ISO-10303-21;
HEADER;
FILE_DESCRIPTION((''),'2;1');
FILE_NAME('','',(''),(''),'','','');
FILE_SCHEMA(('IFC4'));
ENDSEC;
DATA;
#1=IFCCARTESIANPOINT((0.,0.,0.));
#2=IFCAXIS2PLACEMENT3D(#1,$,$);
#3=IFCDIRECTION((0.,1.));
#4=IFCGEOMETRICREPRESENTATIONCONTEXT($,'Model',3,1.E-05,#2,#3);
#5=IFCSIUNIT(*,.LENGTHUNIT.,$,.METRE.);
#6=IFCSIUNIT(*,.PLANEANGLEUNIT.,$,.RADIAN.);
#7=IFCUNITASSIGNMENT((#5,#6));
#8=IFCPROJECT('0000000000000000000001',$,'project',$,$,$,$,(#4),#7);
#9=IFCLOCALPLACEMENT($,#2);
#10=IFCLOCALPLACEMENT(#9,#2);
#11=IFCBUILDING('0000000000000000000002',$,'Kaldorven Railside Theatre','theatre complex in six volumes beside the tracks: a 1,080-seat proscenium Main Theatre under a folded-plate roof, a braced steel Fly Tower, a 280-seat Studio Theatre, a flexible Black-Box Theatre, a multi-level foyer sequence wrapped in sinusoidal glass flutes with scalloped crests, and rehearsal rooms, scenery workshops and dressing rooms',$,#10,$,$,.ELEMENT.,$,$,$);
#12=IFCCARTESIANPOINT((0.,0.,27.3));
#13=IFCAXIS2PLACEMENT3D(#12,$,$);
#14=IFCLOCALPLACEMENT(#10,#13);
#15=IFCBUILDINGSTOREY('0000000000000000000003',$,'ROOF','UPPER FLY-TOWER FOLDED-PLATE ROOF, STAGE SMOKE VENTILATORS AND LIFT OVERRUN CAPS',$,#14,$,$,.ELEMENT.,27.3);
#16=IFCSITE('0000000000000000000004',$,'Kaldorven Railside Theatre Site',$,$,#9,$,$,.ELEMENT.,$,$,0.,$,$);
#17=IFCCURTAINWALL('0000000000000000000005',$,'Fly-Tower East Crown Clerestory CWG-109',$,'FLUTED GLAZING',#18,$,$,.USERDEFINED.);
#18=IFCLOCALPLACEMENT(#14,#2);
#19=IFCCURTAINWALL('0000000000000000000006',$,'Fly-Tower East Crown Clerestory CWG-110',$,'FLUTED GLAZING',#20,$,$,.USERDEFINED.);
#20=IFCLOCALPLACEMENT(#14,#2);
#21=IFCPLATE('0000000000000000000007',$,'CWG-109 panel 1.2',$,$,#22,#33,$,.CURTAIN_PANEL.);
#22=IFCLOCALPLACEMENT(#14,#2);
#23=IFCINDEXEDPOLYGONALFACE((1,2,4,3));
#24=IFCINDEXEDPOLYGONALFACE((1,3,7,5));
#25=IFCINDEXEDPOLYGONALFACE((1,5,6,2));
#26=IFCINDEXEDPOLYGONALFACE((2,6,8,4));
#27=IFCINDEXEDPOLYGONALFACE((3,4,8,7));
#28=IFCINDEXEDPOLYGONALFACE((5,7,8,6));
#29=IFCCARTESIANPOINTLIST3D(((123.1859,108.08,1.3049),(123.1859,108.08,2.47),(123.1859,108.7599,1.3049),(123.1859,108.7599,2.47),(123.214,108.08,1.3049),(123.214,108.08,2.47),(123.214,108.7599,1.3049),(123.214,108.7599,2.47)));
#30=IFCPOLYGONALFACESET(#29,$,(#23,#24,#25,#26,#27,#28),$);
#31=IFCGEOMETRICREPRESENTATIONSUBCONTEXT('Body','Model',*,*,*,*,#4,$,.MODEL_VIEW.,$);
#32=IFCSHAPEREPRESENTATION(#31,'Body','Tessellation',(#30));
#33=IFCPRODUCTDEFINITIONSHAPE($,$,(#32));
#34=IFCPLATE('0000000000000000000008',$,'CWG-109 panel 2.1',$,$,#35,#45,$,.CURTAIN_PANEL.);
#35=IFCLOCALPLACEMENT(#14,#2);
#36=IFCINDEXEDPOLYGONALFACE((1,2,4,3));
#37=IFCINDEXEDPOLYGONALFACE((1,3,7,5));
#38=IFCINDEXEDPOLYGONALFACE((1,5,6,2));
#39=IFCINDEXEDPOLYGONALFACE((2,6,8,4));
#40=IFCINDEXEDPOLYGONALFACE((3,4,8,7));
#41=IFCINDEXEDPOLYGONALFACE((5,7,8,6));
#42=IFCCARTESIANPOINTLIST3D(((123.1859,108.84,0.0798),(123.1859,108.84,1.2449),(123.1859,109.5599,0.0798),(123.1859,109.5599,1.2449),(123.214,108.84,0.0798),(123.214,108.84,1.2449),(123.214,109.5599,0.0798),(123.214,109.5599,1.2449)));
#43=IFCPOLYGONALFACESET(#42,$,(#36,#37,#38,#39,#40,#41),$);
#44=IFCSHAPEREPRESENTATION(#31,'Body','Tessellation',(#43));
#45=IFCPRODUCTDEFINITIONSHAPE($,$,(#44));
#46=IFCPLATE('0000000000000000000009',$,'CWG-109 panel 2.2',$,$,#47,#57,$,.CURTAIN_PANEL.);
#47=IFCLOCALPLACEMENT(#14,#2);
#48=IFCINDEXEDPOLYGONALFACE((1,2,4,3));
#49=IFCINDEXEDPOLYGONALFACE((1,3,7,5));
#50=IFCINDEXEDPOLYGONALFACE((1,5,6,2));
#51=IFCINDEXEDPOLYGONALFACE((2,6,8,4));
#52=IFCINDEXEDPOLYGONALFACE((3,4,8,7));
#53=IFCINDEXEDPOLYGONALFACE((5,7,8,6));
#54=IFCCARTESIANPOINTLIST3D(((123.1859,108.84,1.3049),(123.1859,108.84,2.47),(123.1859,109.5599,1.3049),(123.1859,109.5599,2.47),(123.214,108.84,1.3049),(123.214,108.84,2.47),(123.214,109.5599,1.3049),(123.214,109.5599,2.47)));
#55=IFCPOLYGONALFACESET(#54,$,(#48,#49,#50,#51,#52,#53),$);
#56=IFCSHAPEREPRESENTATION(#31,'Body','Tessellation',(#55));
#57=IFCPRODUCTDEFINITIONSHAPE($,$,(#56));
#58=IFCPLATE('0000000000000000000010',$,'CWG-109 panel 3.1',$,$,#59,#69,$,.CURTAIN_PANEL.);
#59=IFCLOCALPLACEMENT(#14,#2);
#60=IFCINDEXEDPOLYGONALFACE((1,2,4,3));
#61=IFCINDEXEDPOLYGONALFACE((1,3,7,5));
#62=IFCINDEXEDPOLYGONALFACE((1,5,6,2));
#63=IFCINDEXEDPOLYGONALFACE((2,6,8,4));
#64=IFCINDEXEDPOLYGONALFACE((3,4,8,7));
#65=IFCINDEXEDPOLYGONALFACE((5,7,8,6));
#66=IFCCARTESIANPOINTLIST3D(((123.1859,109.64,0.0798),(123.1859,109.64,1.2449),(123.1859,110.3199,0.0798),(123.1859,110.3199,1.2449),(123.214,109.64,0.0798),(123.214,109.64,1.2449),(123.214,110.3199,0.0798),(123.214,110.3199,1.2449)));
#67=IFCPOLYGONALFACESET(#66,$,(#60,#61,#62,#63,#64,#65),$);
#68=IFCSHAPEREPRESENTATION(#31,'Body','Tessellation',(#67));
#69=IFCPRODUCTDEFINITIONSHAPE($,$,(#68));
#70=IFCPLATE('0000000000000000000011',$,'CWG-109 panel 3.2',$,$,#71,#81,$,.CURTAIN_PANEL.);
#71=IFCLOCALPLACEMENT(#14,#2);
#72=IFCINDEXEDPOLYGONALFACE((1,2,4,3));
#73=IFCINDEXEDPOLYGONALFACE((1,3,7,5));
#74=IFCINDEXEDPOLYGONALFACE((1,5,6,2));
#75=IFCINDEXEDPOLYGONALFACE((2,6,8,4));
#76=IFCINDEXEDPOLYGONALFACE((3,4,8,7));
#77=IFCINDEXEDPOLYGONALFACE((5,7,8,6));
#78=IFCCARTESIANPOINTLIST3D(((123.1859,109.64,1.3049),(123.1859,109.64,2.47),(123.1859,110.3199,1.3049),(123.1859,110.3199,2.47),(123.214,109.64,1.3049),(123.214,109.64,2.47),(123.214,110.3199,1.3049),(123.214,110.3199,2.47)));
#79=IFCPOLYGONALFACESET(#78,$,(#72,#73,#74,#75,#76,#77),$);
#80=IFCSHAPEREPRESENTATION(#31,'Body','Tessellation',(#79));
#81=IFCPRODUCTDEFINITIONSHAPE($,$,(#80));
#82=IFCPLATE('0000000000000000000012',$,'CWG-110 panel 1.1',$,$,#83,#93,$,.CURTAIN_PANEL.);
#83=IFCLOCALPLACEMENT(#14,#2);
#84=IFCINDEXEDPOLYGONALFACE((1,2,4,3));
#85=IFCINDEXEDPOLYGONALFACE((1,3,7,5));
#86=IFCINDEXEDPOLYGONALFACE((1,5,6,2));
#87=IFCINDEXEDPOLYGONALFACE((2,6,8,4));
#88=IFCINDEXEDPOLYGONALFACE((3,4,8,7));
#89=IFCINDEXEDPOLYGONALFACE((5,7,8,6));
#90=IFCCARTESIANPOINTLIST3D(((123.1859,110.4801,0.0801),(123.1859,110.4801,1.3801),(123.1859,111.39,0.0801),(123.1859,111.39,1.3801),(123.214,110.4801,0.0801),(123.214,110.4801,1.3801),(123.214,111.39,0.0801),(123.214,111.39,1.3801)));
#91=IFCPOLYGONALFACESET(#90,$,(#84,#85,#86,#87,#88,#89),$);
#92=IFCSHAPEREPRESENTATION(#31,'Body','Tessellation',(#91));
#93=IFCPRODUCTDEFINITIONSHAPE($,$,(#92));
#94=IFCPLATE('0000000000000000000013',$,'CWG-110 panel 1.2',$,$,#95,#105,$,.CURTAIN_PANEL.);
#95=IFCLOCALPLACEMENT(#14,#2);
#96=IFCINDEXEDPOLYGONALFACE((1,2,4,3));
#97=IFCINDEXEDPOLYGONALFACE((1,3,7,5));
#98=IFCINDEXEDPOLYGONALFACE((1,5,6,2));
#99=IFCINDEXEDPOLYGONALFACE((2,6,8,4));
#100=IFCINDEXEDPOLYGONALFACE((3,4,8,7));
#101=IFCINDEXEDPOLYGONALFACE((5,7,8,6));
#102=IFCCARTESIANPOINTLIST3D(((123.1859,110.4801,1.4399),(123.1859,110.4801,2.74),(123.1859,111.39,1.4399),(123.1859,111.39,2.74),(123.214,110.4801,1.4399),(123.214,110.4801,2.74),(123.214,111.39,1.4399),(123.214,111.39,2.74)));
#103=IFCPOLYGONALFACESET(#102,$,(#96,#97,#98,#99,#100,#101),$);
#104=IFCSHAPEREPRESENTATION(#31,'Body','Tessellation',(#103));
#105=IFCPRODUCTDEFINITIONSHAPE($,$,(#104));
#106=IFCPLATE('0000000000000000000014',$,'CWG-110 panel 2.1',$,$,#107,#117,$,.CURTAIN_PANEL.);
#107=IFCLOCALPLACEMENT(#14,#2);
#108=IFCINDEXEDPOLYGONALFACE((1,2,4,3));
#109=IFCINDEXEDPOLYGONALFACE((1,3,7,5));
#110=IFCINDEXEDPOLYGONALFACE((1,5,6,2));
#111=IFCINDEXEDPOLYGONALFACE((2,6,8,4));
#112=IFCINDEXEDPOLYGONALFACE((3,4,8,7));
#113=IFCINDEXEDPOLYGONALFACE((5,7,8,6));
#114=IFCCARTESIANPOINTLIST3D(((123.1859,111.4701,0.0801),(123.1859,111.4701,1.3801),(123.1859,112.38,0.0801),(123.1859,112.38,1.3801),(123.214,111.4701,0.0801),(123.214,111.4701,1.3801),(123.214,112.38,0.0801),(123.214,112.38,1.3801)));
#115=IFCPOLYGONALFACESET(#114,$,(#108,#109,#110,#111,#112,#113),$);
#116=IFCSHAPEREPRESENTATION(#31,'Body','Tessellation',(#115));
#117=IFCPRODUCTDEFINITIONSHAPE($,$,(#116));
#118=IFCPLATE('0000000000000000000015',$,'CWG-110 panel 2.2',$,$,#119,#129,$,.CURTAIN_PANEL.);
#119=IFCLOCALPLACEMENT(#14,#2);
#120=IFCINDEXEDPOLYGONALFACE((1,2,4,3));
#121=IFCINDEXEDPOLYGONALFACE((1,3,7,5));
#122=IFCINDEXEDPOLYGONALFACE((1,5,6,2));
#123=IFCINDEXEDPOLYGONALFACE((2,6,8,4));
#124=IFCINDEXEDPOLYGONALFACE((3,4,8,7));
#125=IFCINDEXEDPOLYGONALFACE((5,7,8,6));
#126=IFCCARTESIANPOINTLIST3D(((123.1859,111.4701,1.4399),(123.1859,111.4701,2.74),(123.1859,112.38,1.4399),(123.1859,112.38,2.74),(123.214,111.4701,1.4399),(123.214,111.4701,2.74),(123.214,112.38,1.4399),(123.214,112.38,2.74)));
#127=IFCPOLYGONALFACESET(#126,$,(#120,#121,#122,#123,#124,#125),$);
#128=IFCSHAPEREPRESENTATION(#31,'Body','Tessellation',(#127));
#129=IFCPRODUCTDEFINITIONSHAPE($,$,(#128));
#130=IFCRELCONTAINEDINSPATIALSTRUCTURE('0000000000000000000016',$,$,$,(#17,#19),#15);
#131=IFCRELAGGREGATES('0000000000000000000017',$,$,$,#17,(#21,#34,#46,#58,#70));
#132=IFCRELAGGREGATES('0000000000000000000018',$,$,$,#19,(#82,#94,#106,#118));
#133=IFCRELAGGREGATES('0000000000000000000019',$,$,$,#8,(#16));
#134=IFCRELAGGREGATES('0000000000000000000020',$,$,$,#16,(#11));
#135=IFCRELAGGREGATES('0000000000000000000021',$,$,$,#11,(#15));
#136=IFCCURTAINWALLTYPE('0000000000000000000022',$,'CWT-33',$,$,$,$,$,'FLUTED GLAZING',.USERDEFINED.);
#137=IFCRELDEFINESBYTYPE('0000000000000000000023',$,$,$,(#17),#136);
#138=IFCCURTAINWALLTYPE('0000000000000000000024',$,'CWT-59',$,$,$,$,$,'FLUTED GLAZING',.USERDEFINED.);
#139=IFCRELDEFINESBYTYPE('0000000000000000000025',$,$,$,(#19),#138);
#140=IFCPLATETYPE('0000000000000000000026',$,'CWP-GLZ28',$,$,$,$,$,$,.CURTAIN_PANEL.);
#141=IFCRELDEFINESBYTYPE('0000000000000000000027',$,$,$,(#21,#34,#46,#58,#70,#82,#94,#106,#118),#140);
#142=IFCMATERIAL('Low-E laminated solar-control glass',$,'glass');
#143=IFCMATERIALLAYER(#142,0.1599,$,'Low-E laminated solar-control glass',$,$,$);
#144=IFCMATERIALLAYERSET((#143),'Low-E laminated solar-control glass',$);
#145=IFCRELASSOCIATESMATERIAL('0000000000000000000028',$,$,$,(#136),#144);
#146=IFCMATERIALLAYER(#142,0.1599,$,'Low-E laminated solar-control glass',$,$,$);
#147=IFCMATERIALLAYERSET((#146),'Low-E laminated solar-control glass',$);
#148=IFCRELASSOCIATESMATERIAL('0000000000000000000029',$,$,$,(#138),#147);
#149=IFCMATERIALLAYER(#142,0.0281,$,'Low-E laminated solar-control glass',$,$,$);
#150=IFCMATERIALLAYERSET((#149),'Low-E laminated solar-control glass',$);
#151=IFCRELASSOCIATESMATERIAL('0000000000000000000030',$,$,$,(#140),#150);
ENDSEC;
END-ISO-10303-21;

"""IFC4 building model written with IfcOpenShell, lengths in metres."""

from ifc_helpers import new_model, si_unit, direction, frame, origin, origin_2d, place, context, subcontext, project, spatial, rectangle, extrude, material, layer, layer_set, type_object, element, aggregate, save


model = new_model("IFC4")

# Units and contexts
model_context = context("Model", 3, precision=1e-05, world=origin(), true_north=direction((0.0, 1.0)))
body_context = subcontext(model_context, "Body", "Model", "MODEL_VIEW")
ifc_project = project(units=[si_unit("LENGTHUNIT", "METRE"), si_unit("PLANEANGLEUNIT", "RADIAN")], contexts=[model_context])

# Site, building, storey
site_placement = place(None, origin())
site = spatial("IfcSite", under=ifc_project, at=site_placement, Name="Kaldorven Railside Theatre Site", CompositionType="ELEMENT", RefElevation=0.0)
building_placement = place(site_placement, origin())
building = spatial("IfcBuilding", under=site, at=building_placement, Name="Kaldorven Railside Theatre", Description="theatre complex in six volumes beside the tracks: a 1,080-seat proscenium Main Theatre under a folded-plate roof, a braced steel Fly Tower, a 280-seat Studio Theatre, a flexible Black-Box Theatre, a multi-level foyer sequence wrapped in sinusoidal glass flutes with scalloped crests, and rehearsal rooms, scenery workshops and dressing rooms", CompositionType="ELEMENT")
storey_placement = place(building_placement, frame((0.0, 0.0, 27.3)))
storey = spatial("IfcBuildingStorey", under=building, at=storey_placement, Name="ROOF", Description="UPPER FLY-TOWER FOLDED-PLATE ROOF, STAGE SMOKE VENTILATORS AND LIFT OVERRUN CAPS", CompositionType="ELEMENT", Elevation=27.3)

# Curtain walls
ifc_material_1 = material(Name="Low-E laminated solar-control glass", Category="glass")
ifc_layer_1 = layer(ifc_material_1, 0.1599, Name="Low-E laminated solar-control glass")
ifc_layer_set_1 = layer_set([ifc_layer_1], Name="Low-E laminated solar-control glass")
curtain_wall_type_1 = type_object("IfcCurtainWallType", Name="CWT-33", ElementType="FLUTED GLAZING", PredefinedType="USERDEFINED", material=ifc_layer_set_1)
curtain_wall_1_placement = place(storey_placement, origin())
curtain_wall_1 = element("IfcCurtainWall", 1, at=curtain_wall_1_placement, inside=storey, type_object=curtain_wall_type_1, Name="Fly-Tower East Crown Clerestory CWG-109", ObjectType="FLUTED GLAZING", PredefinedType="USERDEFINED")
ifc_layer_2 = layer(ifc_material_1, 0.1599, Name="Low-E laminated solar-control glass")
ifc_layer_set_2 = layer_set([ifc_layer_2], Name="Low-E laminated solar-control glass")
curtain_wall_type_2 = type_object("IfcCurtainWallType", Name="CWT-59", ElementType="FLUTED GLAZING", PredefinedType="USERDEFINED", material=ifc_layer_set_2)
curtain_wall_2_placement = place(storey_placement, origin())
curtain_wall_2 = element("IfcCurtainWall", 2, at=curtain_wall_2_placement, inside=storey, type_object=curtain_wall_type_2, Name="Fly-Tower East Crown Clerestory CWG-110", ObjectType="FLUTED GLAZING", PredefinedType="USERDEFINED")

# Plates
ifc_layer_3 = layer(ifc_material_1, 0.0281, Name="Low-E laminated solar-control glass")
ifc_layer_set_3 = layer_set([ifc_layer_3], Name="Low-E laminated solar-control glass")
plate_type = type_object("IfcPlateType", Name="CWP-GLZ28", PredefinedType="CURTAIN_PANEL", material=ifc_layer_set_3)
plate_1_placement = place(storey_placement, frame((123.2, 108.4199, 1.3049), z_axis=(0.0, 0.0, 1.0), x_axis=(0.0, 1.0, 0.0)))
plate_1 = element("IfcPlate", 3, at=plate_1_placement, type_object=plate_type, Name="CWG-109 panel 1.2", PredefinedType="CURTAIN_PANEL", context=body_context, shape_type="SweptSolid", body=[
    extrude(rectangle(XDim=0.6799, YDim=0.0281, at=origin_2d()), origin(), (0.0, 0.0, 1.0), 1.165),
])
plate_2_placement = place(storey_placement, frame((123.2, 109.2, 0.0798), z_axis=(0.0, 0.0, 1.0), x_axis=(0.0, 1.0, 0.0)))
plate_2 = element("IfcPlate", 4, at=plate_2_placement, type_object=plate_type, Name="CWG-109 panel 2.1", PredefinedType="CURTAIN_PANEL", context=body_context, shape_type="SweptSolid", body=[
    extrude(rectangle(XDim=0.72, YDim=0.0281, at=origin_2d()), origin(), (0.0, 0.0, 1.0), 1.165),
])
plate_3_placement = place(storey_placement, frame((123.2, 109.2, 1.3049), z_axis=(0.0, 0.0, 1.0), x_axis=(0.0, 1.0, 0.0)))
plate_3 = element("IfcPlate", 5, at=plate_3_placement, type_object=plate_type, Name="CWG-109 panel 2.2", PredefinedType="CURTAIN_PANEL", context=body_context, shape_type="SweptSolid", body=[
    extrude(rectangle(XDim=0.72, YDim=0.0281, at=origin_2d()), origin(), (0.0, 0.0, 1.0), 1.165),
])
plate_4_placement = place(storey_placement, frame((123.2, 109.98, 0.0798), z_axis=(0.0, 0.0, 1.0), x_axis=(0.0, 1.0, 0.0)))
plate_4 = element("IfcPlate", 6, at=plate_4_placement, type_object=plate_type, Name="CWG-109 panel 3.1", PredefinedType="CURTAIN_PANEL", context=body_context, shape_type="SweptSolid", body=[
    extrude(rectangle(XDim=0.6799, YDim=0.0281, at=origin_2d()), origin(), (0.0, 0.0, 1.0), 1.165),
])
plate_5_placement = place(storey_placement, frame((123.2, 109.98, 1.3049), z_axis=(0.0, 0.0, 1.0), x_axis=(0.0, 1.0, 0.0)))
plate_5 = element("IfcPlate", 7, at=plate_5_placement, type_object=plate_type, Name="CWG-109 panel 3.2", PredefinedType="CURTAIN_PANEL", context=body_context, shape_type="SweptSolid", body=[
    extrude(rectangle(XDim=0.6799, YDim=0.0281, at=origin_2d()), origin(), (0.0, 0.0, 1.0), 1.165),
])
aggregate(curtain_wall_1, [plate_1, plate_2, plate_3, plate_4, plate_5])
plate_6_placement = place(storey_placement, frame((123.2, 110.9351, 0.0801), z_axis=(0.0, 0.0, 1.0), x_axis=(0.0, 1.0, 0.0)))
plate_6 = element("IfcPlate", 8, at=plate_6_placement, type_object=plate_type, Name="CWG-110 panel 1.1", PredefinedType="CURTAIN_PANEL", context=body_context, shape_type="SweptSolid", body=[
    extrude(rectangle(XDim=0.9099, YDim=0.0281, at=origin_2d()), origin(), (0.0, 0.0, 1.0), 1.3),
])
plate_7_placement = place(storey_placement, frame((123.2, 110.9351, 1.4399), z_axis=(0.0, 0.0, 1.0), x_axis=(0.0, 1.0, 0.0)))
plate_7 = element("IfcPlate", 9, at=plate_7_placement, type_object=plate_type, Name="CWG-110 panel 1.2", PredefinedType="CURTAIN_PANEL", context=body_context, shape_type="SweptSolid", body=[
    extrude(rectangle(XDim=0.9099, YDim=0.0281, at=origin_2d()), origin(), (0.0, 0.0, 1.0), 1.3),
])
plate_8_placement = place(storey_placement, frame((123.2, 111.925, 0.0801), z_axis=(0.0, 0.0, 1.0), x_axis=(0.0, 1.0, 0.0)))
plate_8 = element("IfcPlate", 10, at=plate_8_placement, type_object=plate_type, Name="CWG-110 panel 2.1", PredefinedType="CURTAIN_PANEL", context=body_context, shape_type="SweptSolid", body=[
    extrude(rectangle(XDim=0.9099, YDim=0.0281, at=origin_2d()), origin(), (0.0, 0.0, 1.0), 1.3),
])
plate_9_placement = place(storey_placement, frame((123.2, 111.925, 1.4399), z_axis=(0.0, 0.0, 1.0), x_axis=(0.0, 1.0, 0.0)))
plate_9 = element("IfcPlate", 11, at=plate_9_placement, type_object=plate_type, Name="CWG-110 panel 2.2", PredefinedType="CURTAIN_PANEL", context=body_context, shape_type="SweptSolid", body=[
    extrude(rectangle(XDim=0.9099, YDim=0.0281, at=origin_2d()), origin(), (0.0, 0.0, 1.0), 1.3),
])
aggregate(curtain_wall_2, [plate_6, plate_7, plate_8, plate_9])

save(model, "model.ifc")
